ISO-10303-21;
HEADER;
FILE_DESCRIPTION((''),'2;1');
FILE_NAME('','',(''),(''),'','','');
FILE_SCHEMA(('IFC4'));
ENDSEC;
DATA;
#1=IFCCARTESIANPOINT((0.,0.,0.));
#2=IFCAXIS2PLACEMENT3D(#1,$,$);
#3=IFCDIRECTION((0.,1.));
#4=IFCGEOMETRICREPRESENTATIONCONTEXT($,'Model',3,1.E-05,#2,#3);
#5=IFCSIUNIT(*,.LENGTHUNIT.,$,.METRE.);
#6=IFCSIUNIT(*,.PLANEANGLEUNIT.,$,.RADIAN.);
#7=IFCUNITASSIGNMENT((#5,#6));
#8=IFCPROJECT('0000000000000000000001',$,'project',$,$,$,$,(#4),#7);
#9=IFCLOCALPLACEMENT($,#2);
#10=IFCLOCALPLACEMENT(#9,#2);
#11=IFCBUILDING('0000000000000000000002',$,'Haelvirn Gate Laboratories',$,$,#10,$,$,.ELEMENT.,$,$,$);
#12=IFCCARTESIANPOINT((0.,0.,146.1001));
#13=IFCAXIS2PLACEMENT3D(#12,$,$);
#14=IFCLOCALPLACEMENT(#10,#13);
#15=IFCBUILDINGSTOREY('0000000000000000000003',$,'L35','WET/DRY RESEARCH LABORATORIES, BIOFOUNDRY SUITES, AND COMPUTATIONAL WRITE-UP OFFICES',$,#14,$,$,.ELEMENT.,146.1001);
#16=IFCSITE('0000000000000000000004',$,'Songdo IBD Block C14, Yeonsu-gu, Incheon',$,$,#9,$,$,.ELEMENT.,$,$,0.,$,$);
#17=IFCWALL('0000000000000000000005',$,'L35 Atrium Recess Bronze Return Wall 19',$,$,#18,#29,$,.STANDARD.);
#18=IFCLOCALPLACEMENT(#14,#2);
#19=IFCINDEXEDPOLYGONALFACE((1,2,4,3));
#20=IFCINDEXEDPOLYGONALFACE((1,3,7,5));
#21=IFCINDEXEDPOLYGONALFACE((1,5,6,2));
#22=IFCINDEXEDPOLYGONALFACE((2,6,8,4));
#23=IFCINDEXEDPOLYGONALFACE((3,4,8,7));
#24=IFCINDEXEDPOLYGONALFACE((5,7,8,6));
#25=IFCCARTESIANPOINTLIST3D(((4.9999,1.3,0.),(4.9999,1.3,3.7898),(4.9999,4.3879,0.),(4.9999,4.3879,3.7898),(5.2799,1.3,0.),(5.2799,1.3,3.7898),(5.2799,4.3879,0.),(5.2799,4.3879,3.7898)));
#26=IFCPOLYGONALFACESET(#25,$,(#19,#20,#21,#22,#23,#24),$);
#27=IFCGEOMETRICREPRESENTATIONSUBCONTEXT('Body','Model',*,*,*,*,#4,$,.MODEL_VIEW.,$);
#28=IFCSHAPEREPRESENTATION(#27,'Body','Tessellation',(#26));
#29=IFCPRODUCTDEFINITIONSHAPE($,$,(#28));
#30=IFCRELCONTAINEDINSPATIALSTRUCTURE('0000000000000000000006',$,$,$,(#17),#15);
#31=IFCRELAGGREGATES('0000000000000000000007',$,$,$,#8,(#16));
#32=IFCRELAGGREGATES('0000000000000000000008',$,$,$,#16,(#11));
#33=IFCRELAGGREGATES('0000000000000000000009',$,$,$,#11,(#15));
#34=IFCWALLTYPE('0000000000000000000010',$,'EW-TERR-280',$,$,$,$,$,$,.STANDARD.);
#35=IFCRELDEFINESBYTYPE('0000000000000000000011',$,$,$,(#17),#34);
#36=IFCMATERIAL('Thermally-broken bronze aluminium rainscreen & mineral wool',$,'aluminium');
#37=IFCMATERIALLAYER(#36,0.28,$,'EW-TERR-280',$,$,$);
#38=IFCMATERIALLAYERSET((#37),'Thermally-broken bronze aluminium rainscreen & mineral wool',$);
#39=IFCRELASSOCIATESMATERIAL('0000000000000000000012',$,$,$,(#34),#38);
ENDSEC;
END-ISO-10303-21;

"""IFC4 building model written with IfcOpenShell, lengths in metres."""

from ifc_helpers import new_model, si_unit, direction, frame, frame_2d, origin, place, context, subcontext, project, spatial, rectangle, extrude, material, layer, layer_set, type_object, element, save


model = new_model("IFC4")

# Units and contexts
model_context = context("Model", 3, precision=1e-05, world=origin(), true_north=direction((0.0, 1.0)))
body_context = subcontext(model_context, "Body", "Model", "MODEL_VIEW")
ifc_project = project(units=[si_unit("LENGTHUNIT", "METRE"), si_unit("PLANEANGLEUNIT", "RADIAN")], contexts=[model_context])

# Site, building, storey
site_placement = place(None, origin())
site = spatial("IfcSite", under=ifc_project, at=site_placement, Name="Songdo IBD Block C14, Yeonsu-gu, Incheon", CompositionType="ELEMENT", RefElevation=0.0)
building_placement = place(site_placement, origin())
building = spatial("IfcBuilding", under=site, at=building_placement, Name="Haelvirn Gate Laboratories", CompositionType="ELEMENT")
storey_placement = place(building_placement, frame((0.0, 0.0, 146.1001)))
storey = spatial("IfcBuildingStorey", under=building, at=storey_placement, Name="L35", Description="WET/DRY RESEARCH LABORATORIES, BIOFOUNDRY SUITES, AND COMPUTATIONAL WRITE-UP OFFICES", CompositionType="ELEMENT", Elevation=146.1001)

# Shared definitions
ifc_material_1 = material(Name="Thermally-broken bronze aluminium rainscreen & mineral wool", Category="aluminium")
ifc_layer_1 = layer(ifc_material_1, 0.28, Name="EW-TERR-280")
ifc_layer_set_1 = layer_set([ifc_layer_1], Name="Thermally-broken bronze aluminium rainscreen & mineral wool")
wall_type = type_object("IfcWallType", Name="EW-TERR-280", PredefinedType="STANDARD", material=ifc_layer_set_1)

# Wall
wall_1_placement = place(storey_placement, frame((5.1399, 4.3879, 0.0), z_axis=(0.0, 0.0, 1.0), x_axis=(0.0, -1.0, 0.0)))
element("IfcWall", 1, at=wall_1_placement, inside=storey, type_object=wall_type, Name="L35 Atrium Recess Bronze Return Wall 19", PredefinedType="STANDARD", context=body_context, shape_type="SweptSolid", body=[
    extrude(rectangle(XDim=3.0879, YDim=0.28, at=frame_2d((1.5439, 0.0))), origin(), (0.0, 0.0, 1.0), 3.7898),
])

save(model, "model.ifc")
